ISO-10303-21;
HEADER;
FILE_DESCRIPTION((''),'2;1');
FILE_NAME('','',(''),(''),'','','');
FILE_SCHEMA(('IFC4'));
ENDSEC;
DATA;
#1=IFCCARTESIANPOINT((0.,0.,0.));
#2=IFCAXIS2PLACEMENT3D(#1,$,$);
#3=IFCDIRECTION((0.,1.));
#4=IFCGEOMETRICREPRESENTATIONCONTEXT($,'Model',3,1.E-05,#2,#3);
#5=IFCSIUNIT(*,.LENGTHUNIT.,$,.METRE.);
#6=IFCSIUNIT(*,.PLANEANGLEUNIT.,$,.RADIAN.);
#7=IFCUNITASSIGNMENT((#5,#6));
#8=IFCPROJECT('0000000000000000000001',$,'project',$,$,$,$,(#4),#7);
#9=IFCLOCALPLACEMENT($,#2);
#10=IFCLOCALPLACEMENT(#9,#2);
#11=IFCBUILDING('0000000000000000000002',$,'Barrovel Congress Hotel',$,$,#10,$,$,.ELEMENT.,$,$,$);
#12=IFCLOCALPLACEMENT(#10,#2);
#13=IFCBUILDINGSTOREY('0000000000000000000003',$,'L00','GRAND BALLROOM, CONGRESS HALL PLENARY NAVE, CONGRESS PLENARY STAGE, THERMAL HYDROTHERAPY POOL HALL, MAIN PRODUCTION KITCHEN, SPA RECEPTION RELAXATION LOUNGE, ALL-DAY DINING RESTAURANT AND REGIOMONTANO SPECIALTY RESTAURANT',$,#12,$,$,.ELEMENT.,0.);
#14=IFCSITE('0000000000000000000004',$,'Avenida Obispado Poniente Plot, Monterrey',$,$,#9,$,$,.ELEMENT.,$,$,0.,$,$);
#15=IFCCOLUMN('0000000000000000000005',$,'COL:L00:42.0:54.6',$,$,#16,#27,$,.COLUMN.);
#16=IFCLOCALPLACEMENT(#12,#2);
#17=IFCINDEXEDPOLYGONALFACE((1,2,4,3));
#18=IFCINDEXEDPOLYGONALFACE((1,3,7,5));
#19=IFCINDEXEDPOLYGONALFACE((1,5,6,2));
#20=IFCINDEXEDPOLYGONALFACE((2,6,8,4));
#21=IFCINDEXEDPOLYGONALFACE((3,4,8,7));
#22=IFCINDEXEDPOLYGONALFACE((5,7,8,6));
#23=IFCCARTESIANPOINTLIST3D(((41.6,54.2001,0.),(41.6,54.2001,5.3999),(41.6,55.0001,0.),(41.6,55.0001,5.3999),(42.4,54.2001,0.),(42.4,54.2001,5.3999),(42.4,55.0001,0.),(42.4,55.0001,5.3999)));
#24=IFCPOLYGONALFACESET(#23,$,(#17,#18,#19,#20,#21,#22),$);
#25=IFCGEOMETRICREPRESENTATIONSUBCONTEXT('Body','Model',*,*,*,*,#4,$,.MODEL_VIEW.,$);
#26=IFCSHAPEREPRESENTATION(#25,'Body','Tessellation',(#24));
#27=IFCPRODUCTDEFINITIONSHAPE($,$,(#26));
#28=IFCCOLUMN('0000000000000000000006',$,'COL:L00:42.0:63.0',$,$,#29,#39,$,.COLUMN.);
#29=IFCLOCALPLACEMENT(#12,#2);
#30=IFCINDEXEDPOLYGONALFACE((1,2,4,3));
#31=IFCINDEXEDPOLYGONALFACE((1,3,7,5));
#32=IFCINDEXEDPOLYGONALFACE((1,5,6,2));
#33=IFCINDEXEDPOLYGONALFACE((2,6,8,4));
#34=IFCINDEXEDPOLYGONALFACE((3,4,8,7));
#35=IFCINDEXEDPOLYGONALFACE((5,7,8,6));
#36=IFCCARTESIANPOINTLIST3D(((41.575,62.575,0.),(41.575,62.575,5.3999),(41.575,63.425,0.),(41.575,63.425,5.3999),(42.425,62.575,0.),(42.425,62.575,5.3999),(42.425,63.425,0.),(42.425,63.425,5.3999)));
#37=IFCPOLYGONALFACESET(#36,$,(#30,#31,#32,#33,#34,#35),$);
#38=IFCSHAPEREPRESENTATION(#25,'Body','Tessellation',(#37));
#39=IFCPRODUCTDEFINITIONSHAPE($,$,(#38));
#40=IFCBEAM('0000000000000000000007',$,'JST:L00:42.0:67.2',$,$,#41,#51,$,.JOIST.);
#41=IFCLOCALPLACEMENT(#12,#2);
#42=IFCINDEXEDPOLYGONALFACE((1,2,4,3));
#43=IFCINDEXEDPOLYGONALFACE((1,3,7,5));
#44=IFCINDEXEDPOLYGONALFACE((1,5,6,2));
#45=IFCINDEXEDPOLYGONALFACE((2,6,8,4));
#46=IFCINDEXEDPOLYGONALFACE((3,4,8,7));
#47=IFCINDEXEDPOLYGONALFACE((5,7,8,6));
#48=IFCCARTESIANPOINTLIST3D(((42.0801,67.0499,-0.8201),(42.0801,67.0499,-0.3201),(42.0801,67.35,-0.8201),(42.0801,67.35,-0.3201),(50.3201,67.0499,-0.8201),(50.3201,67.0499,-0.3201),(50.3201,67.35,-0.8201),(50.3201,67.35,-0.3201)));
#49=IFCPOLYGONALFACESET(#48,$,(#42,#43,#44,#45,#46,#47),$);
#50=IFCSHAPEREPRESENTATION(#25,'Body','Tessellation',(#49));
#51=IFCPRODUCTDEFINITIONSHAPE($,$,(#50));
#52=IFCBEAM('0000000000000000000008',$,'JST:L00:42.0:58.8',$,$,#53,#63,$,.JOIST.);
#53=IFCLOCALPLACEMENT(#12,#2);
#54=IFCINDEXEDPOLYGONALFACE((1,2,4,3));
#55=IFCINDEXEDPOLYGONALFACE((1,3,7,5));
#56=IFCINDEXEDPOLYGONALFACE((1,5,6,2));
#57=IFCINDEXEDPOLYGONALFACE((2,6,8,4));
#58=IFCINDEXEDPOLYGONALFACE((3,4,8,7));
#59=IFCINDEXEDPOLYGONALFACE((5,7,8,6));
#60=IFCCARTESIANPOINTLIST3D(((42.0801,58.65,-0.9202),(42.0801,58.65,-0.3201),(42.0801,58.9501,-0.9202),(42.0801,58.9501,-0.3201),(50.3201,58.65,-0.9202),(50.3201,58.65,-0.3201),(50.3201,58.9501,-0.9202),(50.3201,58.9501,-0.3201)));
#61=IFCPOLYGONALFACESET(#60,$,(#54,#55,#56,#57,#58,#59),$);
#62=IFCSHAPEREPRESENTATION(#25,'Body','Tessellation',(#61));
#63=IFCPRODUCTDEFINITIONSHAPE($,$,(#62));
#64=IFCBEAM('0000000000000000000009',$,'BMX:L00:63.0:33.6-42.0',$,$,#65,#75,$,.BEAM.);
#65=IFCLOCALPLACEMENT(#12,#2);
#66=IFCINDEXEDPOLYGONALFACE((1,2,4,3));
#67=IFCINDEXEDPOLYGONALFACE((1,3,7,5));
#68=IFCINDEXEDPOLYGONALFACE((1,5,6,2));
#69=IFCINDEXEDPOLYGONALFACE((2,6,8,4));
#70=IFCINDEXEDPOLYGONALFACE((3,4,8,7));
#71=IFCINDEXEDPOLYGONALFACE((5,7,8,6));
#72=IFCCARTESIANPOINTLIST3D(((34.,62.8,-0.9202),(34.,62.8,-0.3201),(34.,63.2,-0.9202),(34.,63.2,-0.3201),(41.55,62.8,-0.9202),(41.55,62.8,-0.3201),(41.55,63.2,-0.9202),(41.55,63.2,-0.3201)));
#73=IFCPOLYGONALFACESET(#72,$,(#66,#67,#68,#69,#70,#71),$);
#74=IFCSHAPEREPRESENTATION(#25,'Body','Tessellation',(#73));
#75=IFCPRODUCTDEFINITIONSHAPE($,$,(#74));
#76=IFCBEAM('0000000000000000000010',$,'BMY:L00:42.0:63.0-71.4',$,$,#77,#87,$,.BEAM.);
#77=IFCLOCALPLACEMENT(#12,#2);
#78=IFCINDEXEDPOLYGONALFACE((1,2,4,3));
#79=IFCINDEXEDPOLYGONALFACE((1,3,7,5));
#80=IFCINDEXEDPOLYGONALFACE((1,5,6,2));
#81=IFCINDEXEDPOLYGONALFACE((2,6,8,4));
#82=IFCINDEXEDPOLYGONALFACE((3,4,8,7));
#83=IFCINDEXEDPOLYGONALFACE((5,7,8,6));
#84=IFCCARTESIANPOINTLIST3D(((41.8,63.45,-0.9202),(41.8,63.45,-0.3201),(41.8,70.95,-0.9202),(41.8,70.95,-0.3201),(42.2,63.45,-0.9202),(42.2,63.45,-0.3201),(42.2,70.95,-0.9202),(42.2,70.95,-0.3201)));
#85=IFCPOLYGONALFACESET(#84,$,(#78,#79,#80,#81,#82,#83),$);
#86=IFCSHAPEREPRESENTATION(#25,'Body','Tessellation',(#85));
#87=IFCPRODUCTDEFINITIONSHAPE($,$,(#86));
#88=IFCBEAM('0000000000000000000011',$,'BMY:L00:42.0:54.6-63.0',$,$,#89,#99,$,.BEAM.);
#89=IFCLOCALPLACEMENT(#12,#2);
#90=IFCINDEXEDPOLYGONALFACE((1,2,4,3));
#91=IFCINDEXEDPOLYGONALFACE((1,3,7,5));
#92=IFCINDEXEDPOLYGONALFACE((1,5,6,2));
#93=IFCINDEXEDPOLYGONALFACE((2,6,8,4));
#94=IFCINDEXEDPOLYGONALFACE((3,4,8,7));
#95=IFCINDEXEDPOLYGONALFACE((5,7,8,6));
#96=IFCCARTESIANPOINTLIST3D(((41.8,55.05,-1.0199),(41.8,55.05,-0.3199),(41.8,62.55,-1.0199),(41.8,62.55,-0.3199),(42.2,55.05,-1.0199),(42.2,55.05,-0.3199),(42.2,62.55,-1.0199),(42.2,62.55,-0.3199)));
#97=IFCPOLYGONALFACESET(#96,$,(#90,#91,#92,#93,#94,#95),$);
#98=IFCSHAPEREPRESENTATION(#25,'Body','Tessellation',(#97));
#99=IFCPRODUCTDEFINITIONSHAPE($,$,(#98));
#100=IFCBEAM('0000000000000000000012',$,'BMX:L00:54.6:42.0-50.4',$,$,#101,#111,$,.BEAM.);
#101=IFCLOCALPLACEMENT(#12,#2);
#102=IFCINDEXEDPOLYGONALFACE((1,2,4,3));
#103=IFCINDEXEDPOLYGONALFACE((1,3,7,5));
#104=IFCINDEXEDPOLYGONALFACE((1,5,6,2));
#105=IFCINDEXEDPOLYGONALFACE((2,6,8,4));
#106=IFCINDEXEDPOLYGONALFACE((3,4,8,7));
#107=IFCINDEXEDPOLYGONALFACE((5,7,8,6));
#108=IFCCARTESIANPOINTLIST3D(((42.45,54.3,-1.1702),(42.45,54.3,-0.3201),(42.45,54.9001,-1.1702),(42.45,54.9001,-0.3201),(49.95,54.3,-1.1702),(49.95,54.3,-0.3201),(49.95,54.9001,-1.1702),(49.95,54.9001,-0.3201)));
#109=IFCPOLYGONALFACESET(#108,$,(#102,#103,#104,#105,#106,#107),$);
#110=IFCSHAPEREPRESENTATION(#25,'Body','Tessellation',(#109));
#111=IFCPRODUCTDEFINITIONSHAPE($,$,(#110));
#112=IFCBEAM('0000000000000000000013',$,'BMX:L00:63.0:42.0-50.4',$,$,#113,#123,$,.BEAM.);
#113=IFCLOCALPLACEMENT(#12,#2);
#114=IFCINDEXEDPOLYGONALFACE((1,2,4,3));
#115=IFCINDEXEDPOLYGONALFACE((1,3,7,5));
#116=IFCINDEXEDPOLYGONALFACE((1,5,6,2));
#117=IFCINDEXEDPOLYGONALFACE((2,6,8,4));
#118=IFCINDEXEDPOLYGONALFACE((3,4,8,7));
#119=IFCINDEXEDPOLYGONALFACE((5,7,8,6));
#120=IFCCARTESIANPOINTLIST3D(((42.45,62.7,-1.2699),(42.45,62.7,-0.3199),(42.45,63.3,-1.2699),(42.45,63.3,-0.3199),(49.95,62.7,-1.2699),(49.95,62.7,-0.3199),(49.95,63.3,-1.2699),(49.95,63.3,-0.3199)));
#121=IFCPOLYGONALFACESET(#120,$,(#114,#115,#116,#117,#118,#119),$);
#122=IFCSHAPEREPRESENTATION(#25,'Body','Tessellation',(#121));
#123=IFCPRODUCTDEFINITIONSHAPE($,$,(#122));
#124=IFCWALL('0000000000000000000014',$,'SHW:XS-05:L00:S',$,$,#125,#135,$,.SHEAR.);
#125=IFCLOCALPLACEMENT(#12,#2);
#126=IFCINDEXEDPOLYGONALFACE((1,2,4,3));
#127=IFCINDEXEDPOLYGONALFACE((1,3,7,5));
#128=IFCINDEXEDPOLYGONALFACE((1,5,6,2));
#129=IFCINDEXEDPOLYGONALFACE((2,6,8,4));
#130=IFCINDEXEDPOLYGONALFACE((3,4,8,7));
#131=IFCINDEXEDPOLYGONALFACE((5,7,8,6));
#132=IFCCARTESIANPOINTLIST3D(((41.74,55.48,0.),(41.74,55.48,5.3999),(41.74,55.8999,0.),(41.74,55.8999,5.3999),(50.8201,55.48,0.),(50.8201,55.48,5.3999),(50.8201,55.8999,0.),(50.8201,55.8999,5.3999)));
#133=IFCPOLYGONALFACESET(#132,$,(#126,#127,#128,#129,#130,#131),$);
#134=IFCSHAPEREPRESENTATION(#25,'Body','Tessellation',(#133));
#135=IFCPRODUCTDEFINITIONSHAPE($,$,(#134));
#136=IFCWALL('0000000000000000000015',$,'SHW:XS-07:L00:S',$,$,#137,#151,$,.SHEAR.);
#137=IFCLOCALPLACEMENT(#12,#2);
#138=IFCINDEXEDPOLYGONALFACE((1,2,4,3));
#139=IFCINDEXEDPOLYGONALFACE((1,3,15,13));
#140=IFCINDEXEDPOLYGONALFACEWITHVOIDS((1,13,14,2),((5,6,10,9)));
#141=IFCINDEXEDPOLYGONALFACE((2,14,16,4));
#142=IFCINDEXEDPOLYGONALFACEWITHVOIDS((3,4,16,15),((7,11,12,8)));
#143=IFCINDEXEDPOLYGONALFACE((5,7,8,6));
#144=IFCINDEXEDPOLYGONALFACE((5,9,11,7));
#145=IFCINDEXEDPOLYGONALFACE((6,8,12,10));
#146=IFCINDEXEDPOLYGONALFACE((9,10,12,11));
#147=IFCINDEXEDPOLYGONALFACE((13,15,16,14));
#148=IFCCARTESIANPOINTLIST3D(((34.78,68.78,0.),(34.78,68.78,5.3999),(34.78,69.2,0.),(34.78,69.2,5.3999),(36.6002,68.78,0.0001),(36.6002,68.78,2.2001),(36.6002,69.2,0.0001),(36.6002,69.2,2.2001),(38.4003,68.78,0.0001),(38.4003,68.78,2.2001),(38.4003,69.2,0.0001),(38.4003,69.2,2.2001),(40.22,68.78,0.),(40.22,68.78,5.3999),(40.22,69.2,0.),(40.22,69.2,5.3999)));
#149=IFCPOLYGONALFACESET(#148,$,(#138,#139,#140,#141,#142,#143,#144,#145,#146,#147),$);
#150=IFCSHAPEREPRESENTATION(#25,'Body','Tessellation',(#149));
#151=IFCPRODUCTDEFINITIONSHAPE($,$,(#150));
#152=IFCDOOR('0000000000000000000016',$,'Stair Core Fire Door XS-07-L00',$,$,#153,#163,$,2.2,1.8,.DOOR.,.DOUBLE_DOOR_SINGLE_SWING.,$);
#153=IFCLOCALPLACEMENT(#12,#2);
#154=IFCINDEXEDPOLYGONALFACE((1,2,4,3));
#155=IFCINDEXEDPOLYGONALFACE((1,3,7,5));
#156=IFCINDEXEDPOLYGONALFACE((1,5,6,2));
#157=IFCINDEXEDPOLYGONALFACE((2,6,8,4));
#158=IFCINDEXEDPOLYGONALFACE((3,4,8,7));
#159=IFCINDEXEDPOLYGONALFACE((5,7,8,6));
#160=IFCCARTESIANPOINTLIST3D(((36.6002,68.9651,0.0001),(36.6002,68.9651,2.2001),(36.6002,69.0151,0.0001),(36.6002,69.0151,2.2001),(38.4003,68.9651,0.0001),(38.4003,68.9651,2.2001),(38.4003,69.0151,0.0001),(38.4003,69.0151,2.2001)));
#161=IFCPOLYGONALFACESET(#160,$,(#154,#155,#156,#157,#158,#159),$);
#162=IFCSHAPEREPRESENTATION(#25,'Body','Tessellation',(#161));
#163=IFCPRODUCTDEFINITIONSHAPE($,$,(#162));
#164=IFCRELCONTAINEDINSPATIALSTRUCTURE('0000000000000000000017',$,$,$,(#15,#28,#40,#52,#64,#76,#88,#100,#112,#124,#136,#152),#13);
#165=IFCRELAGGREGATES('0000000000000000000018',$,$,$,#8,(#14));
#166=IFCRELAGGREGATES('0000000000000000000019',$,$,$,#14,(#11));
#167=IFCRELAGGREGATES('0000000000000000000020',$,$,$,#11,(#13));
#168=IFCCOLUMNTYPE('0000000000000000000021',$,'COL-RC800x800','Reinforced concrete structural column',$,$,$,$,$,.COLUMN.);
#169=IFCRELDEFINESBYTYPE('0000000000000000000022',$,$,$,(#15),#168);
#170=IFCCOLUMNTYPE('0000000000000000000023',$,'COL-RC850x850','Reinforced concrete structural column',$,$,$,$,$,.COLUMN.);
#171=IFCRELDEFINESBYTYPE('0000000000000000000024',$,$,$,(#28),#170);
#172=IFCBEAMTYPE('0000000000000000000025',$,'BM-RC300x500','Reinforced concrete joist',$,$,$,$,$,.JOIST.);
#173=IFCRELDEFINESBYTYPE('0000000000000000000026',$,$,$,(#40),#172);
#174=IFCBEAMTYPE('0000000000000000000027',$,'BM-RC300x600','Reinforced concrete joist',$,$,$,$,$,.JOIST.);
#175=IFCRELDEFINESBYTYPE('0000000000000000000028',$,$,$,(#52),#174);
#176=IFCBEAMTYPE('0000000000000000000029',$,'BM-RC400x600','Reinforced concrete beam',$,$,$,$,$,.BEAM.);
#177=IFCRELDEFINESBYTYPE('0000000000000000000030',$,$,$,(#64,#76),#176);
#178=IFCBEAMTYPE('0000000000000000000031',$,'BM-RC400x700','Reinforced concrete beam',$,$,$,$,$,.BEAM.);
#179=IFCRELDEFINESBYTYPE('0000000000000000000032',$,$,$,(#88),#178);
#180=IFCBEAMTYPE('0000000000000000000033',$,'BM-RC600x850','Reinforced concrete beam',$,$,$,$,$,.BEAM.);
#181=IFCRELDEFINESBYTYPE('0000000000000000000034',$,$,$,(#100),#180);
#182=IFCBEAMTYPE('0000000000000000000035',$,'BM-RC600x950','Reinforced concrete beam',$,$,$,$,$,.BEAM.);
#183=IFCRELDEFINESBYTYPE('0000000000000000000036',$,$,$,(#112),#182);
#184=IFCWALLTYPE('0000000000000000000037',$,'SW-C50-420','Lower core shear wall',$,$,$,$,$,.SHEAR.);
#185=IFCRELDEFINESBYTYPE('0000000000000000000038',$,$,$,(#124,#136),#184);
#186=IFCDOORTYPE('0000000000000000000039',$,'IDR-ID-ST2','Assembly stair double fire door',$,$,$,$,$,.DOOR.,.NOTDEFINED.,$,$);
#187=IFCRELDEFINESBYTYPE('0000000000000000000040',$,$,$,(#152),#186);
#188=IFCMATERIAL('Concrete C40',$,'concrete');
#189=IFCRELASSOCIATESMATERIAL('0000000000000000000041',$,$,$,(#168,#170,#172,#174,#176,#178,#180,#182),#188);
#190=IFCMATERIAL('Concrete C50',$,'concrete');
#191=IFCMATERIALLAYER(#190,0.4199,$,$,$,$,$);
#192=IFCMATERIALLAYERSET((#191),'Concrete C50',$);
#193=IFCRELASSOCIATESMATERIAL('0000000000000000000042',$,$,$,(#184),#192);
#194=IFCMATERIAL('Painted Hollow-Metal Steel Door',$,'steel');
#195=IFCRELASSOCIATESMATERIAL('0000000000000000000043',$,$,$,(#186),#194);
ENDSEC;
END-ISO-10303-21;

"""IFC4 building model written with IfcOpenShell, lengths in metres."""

from ifc_helpers import new_model, si_unit, direction, frame, frame_2d, origin, origin_2d, place, context, subcontext, project, spatial, rectangle, extrude, material, layer, layer_set, material_profile, profile_set, type_object, element, fill, save


model = new_model("IFC4")

# Units and contexts
model_context = context("Model", 3, precision=1e-05, world=origin(), true_north=direction((0.0, 1.0)))
body_context = subcontext(model_context, "Body", "Model", "MODEL_VIEW")
ifc_project = project(units=[si_unit("LENGTHUNIT", "METRE"), si_unit("PLANEANGLEUNIT", "RADIAN")], contexts=[model_context])

# Site, building, storey
site_placement = place(None, origin())
site = spatial("IfcSite", under=ifc_project, at=site_placement, Name="Avenida Obispado Poniente Plot, Monterrey", CompositionType="ELEMENT", RefElevation=0.0)
building_placement = place(site_placement, origin())
building = spatial("IfcBuilding", under=site, at=building_placement, Name="Barrovel Congress Hotel", CompositionType="ELEMENT")
storey_placement = place(building_placement, origin())
storey = spatial("IfcBuildingStorey", under=building, at=storey_placement, Name="L00", Description="GRAND BALLROOM, CONGRESS HALL PLENARY NAVE, CONGRESS PLENARY STAGE, THERMAL HYDROTHERAPY POOL HALL, MAIN PRODUCTION KITCHEN, SPA RECEPTION RELAXATION LOUNGE, ALL-DAY DINING RESTAURANT AND REGIOMONTANO SPECIALTY RESTAURANT", CompositionType="ELEMENT", Elevation=0.0)

# Shared definitions
ifc_material_1 = material(Name="Concrete C40", Category="concrete")

# Columns
ifc_material_profile_1 = material_profile(ifc_material_1, rectangle(XDim=0.8, YDim=0.8, at=origin_2d()), Name="RC800x800")
ifc_profile_set_1 = profile_set([ifc_material_profile_1], Name="Concrete C40")
column_type_1 = type_object("IfcColumnType", Name="COL-RC800x800", Description="Reinforced concrete structural column", PredefinedType="COLUMN", material=ifc_profile_set_1)
column_1_placement = place(storey_placement, frame((42.0, 54.6001, 0.0), z_axis=(0.0, 0.0, 1.0), x_axis=(1.0, 0.0, 0.0)))
element("IfcColumn", 1, at=column_1_placement, inside=storey, type_object=column_type_1, Name="COL:L00:42.0:54.6", PredefinedType="COLUMN", context=body_context, shape_type="SweptSolid", body=[
    extrude(rectangle(XDim=0.8, YDim=0.8, at=origin_2d()), origin(), (0.0, 0.0, 1.0), 5.3999),
])
ifc_material_profile_2 = material_profile(ifc_material_1, rectangle(XDim=0.8501, YDim=0.8501, at=origin_2d()), Name="RC850x850")
ifc_profile_set_2 = profile_set([ifc_material_profile_2], Name="Concrete C40")
column_type_2 = type_object("IfcColumnType", Name="COL-RC850x850", Description="Reinforced concrete structural column", PredefinedType="COLUMN", material=ifc_profile_set_2)
column_2_placement = place(storey_placement, frame((42.0, 63.0, 0.0), z_axis=(0.0, 0.0, 1.0), x_axis=(1.0, 0.0, 0.0)))
element("IfcColumn", 2, at=column_2_placement, inside=storey, type_object=column_type_2, Name="COL:L00:42.0:63.0", PredefinedType="COLUMN", context=body_context, shape_type="SweptSolid", body=[
    extrude(rectangle(XDim=0.8501, YDim=0.8501, at=origin_2d()), origin(), (0.0, 0.0, 1.0), 5.3999),
])

# Beams
ifc_material_profile_3 = material_profile(ifc_material_1, rectangle(XDim=0.3, YDim=0.5, at=origin_2d()), Name="RC300x500")
ifc_profile_set_3 = profile_set([ifc_material_profile_3], Name="Concrete C40")
beam_type_1 = type_object("IfcBeamType", Name="BM-RC300x500", Description="Reinforced concrete joist", PredefinedType="JOIST", material=ifc_profile_set_3)
beam_1_placement = place(storey_placement, frame((42.0801, 67.2, -0.5701), z_axis=(1.0, 0.0, 0.0), x_axis=(0.0, 1.0, 0.0)))
element("IfcBeam", 3, at=beam_1_placement, inside=storey, type_object=beam_type_1, Name="JST:L00:42.0:67.2", PredefinedType="JOIST", context=body_context, shape_type="SweptSolid", body=[
    extrude(rectangle(XDim=0.3, YDim=0.5, at=origin_2d()), origin(), (0.0, 0.0, 1.0), 8.24),
])
ifc_material_profile_4 = material_profile(ifc_material_1, rectangle(XDim=0.3, YDim=0.6001, at=origin_2d()), Name="RC300x600")
ifc_profile_set_4 = profile_set([ifc_material_profile_4], Name="Concrete C40")
beam_type_2 = type_object("IfcBeamType", Name="BM-RC300x600", Description="Reinforced concrete joist", PredefinedType="JOIST", material=ifc_profile_set_4)
beam_2_placement = place(storey_placement, frame((42.0801, 58.8, -0.6201), z_axis=(1.0, 0.0, 0.0), x_axis=(0.0, 1.0, 0.0)))
element("IfcBeam", 4, at=beam_2_placement, inside=storey, type_object=beam_type_2, Name="JST:L00:42.0:58.8", PredefinedType="JOIST", context=body_context, shape_type="SweptSolid", body=[
    extrude(rectangle(XDim=0.3, YDim=0.6001, at=origin_2d()), origin(), (0.0, 0.0, 1.0), 8.24),
])
ifc_material_profile_5 = material_profile(ifc_material_1, rectangle(XDim=0.3999, YDim=0.6001, at=origin_2d()), Name="RC400x600")
ifc_profile_set_5 = profile_set([ifc_material_profile_5], Name="Concrete C40")
beam_type_3 = type_object("IfcBeamType", Name="BM-RC400x600", Description="Reinforced concrete beam", PredefinedType="BEAM", material=ifc_profile_set_5)
beam_3_placement = place(storey_placement, frame((34.0, 63.0, -0.6201), z_axis=(1.0, 0.0, 0.0), x_axis=(0.0, 1.0, 0.0)))
element("IfcBeam", 5, at=beam_3_placement, inside=storey, type_object=beam_type_3, Name="BMX:L00:63.0:33.6-42.0", PredefinedType="BEAM", context=body_context, shape_type="SweptSolid", body=[
    extrude(rectangle(XDim=0.3999, YDim=0.6001, at=origin_2d()), origin(), (0.0, 0.0, 1.0), 7.55),
])
beam_4_placement = place(storey_placement, frame((42.0, 63.45, -0.6201), z_axis=(0.0, 1.0, 0.0), x_axis=(-1.0, 0.0, 0.0)))
element("IfcBeam", 6, at=beam_4_placement, inside=storey, type_object=beam_type_3, Name="BMY:L00:42.0:63.0-71.4", PredefinedType="BEAM", context=body_context, shape_type="SweptSolid", body=[
    extrude(rectangle(XDim=0.3999, YDim=0.6001, at=origin_2d()), origin(), (0.0, 0.0, 1.0), 7.5),
])
ifc_material_profile_6 = material_profile(ifc_material_1, rectangle(XDim=0.3999, YDim=0.7, at=origin_2d()), Name="RC400x700")
ifc_profile_set_6 = profile_set([ifc_material_profile_6], Name="Concrete C40")
beam_type_4 = type_object("IfcBeamType", Name="BM-RC400x700", Description="Reinforced concrete beam", PredefinedType="BEAM", material=ifc_profile_set_6)
beam_5_placement = place(storey_placement, frame((42.0, 55.05, -0.6699), z_axis=(0.0, 1.0, 0.0), x_axis=(-1.0, 0.0, 0.0)))
element("IfcBeam", 7, at=beam_5_placement, inside=storey, type_object=beam_type_4, Name="BMY:L00:42.0:54.6-63.0", PredefinedType="BEAM", context=body_context, shape_type="SweptSolid", body=[
    extrude(rectangle(XDim=0.3999, YDim=0.7, at=origin_2d()), origin(), (0.0, 0.0, 1.0), 7.5),
])
ifc_material_profile_7 = material_profile(ifc_material_1, rectangle(XDim=0.6001, YDim=0.8501, at=origin_2d()), Name="RC600x850")
ifc_profile_set_7 = profile_set([ifc_material_profile_7], Name="Concrete C40")
beam_type_5 = type_object("IfcBeamType", Name="BM-RC600x850", Description="Reinforced concrete beam", PredefinedType="BEAM", material=ifc_profile_set_7)
beam_6_placement = place(storey_placement, frame((42.45, 54.6001, -0.7451), z_axis=(1.0, 0.0, 0.0), x_axis=(0.0, 1.0, 0.0)))
element("IfcBeam", 8, at=beam_6_placement, inside=storey, type_object=beam_type_5, Name="BMX:L00:54.6:42.0-50.4", PredefinedType="BEAM", context=body_context, shape_type="SweptSolid", body=[
    extrude(rectangle(XDim=0.6001, YDim=0.8501, at=origin_2d()), origin(), (0.0, 0.0, 1.0), 7.5),
])
ifc_material_profile_8 = material_profile(ifc_material_1, rectangle(XDim=0.6001, YDim=0.95, at=origin_2d()), Name="RC600x950")
ifc_profile_set_8 = profile_set([ifc_material_profile_8], Name="Concrete C40")
beam_type_6 = type_object("IfcBeamType", Name="BM-RC600x950", Description="Reinforced concrete beam", PredefinedType="BEAM", material=ifc_profile_set_8)
beam_7_placement = place(storey_placement, frame((42.45, 63.0, -0.7949), z_axis=(1.0, 0.0, 0.0), x_axis=(0.0, 1.0, 0.0)))
element("IfcBeam", 9, at=beam_7_placement, inside=storey, type_object=beam_type_6, Name="BMX:L00:63.0:42.0-50.4", PredefinedType="BEAM", context=body_context, shape_type="SweptSolid", body=[
    extrude(rectangle(XDim=0.6001, YDim=0.95, at=origin_2d()), origin(), (0.0, 0.0, 1.0), 7.5),
])

# Wall
ifc_material_2 = material(Name="Concrete C50", Category="concrete")
ifc_layer = layer(ifc_material_2, 0.4199)
ifc_layer_set = layer_set([ifc_layer], Name="Concrete C50")
wall_type = type_object("IfcWallType", Name="SW-C50-420", Description="Lower core shear wall", PredefinedType="SHEAR", material=ifc_layer_set)
wall_1_placement = place(storey_placement, frame((41.74, 55.6899, 0.0), z_axis=(0.0, 0.0, 1.0), x_axis=(1.0, 0.0, 0.0)))
element("IfcWall", 10, at=wall_1_placement, inside=storey, type_object=wall_type, Name="SHW:XS-05:L00:S", PredefinedType="SHEAR", context=body_context, shape_type="SweptSolid", body=[
    extrude(rectangle(XDim=9.0801, YDim=0.4199, at=frame_2d((4.54, 0.0))), origin(), (0.0, 0.0, 1.0), 5.3999),
])

# Wall, opening, door
ifc_material_3 = material(Name="Painted Hollow-Metal Steel Door", Category="steel")
wall_2_placement = place(storey_placement, frame((34.78, 68.99, 0.0), z_axis=(0.0, 0.0, 1.0), x_axis=(1.0, 0.0, 0.0)))
wall_2 = element("IfcWall", 11, at=wall_2_placement, inside=storey, type_object=wall_type, Name="SHW:XS-07:L00:S", PredefinedType="SHEAR", context=body_context, shape_type="SweptSolid", body=[
    extrude(rectangle(XDim=5.4399, YDim=0.4199, at=frame_2d((2.72, 0.0))), origin(), (0.0, 0.0, 1.0), 5.3999),
])
opening_1_placement = place(wall_2_placement, frame((3.6201, 0.0, 0.0), z_axis=(0.0, 0.0, 1.0), x_axis=(-1.0, 0.0, 0.0)))
opening_1 = element("IfcOpeningElement", 12, at=opening_1_placement, cuts=wall_2, PredefinedType="OPENING", context=body_context, shape_type="SweptSolid", body=[
    extrude(rectangle(XDim=1.8, YDim=2.2, at=frame_2d((0.8999, 1.1001))), frame((0.0, 0.22, 0.0), z_axis=(0.0, -1.0, 0.0), x_axis=(1.0, 0.0, 0.0)), (0.0, 0.0, 1.0), 0.4399),
])
door_type_1 = type_object("IfcDoorType", Name="IDR-ID-ST2", Description="Assembly stair double fire door", OperationType="NOTDEFINED", PredefinedType="DOOR", material=ifc_material_3)
door_1_placement = place(opening_1_placement, origin())
door_1 = element("IfcDoor", 13, at=door_1_placement, inside=storey, type_object=door_type_1, Name="Stair Core Fire Door XS-07-L00", OperationType="DOUBLE_DOOR_SINGLE_SWING", OverallHeight=2.2, OverallWidth=1.8, PredefinedType="DOOR", context=body_context, shape_type="SweptSolid", body=[
    extrude(rectangle(XDim=1.8, YDim=2.2, at=frame_2d((0.8999, 1.1001))), frame((0.0, 0.0249, 0.0), z_axis=(0.0, -1.0, 0.0), x_axis=(1.0, 0.0, 0.0)), (0.0, 0.0, 1.0), 0.05),
])
fill(opening_1, door_1)

save(model, "model.ifc")
